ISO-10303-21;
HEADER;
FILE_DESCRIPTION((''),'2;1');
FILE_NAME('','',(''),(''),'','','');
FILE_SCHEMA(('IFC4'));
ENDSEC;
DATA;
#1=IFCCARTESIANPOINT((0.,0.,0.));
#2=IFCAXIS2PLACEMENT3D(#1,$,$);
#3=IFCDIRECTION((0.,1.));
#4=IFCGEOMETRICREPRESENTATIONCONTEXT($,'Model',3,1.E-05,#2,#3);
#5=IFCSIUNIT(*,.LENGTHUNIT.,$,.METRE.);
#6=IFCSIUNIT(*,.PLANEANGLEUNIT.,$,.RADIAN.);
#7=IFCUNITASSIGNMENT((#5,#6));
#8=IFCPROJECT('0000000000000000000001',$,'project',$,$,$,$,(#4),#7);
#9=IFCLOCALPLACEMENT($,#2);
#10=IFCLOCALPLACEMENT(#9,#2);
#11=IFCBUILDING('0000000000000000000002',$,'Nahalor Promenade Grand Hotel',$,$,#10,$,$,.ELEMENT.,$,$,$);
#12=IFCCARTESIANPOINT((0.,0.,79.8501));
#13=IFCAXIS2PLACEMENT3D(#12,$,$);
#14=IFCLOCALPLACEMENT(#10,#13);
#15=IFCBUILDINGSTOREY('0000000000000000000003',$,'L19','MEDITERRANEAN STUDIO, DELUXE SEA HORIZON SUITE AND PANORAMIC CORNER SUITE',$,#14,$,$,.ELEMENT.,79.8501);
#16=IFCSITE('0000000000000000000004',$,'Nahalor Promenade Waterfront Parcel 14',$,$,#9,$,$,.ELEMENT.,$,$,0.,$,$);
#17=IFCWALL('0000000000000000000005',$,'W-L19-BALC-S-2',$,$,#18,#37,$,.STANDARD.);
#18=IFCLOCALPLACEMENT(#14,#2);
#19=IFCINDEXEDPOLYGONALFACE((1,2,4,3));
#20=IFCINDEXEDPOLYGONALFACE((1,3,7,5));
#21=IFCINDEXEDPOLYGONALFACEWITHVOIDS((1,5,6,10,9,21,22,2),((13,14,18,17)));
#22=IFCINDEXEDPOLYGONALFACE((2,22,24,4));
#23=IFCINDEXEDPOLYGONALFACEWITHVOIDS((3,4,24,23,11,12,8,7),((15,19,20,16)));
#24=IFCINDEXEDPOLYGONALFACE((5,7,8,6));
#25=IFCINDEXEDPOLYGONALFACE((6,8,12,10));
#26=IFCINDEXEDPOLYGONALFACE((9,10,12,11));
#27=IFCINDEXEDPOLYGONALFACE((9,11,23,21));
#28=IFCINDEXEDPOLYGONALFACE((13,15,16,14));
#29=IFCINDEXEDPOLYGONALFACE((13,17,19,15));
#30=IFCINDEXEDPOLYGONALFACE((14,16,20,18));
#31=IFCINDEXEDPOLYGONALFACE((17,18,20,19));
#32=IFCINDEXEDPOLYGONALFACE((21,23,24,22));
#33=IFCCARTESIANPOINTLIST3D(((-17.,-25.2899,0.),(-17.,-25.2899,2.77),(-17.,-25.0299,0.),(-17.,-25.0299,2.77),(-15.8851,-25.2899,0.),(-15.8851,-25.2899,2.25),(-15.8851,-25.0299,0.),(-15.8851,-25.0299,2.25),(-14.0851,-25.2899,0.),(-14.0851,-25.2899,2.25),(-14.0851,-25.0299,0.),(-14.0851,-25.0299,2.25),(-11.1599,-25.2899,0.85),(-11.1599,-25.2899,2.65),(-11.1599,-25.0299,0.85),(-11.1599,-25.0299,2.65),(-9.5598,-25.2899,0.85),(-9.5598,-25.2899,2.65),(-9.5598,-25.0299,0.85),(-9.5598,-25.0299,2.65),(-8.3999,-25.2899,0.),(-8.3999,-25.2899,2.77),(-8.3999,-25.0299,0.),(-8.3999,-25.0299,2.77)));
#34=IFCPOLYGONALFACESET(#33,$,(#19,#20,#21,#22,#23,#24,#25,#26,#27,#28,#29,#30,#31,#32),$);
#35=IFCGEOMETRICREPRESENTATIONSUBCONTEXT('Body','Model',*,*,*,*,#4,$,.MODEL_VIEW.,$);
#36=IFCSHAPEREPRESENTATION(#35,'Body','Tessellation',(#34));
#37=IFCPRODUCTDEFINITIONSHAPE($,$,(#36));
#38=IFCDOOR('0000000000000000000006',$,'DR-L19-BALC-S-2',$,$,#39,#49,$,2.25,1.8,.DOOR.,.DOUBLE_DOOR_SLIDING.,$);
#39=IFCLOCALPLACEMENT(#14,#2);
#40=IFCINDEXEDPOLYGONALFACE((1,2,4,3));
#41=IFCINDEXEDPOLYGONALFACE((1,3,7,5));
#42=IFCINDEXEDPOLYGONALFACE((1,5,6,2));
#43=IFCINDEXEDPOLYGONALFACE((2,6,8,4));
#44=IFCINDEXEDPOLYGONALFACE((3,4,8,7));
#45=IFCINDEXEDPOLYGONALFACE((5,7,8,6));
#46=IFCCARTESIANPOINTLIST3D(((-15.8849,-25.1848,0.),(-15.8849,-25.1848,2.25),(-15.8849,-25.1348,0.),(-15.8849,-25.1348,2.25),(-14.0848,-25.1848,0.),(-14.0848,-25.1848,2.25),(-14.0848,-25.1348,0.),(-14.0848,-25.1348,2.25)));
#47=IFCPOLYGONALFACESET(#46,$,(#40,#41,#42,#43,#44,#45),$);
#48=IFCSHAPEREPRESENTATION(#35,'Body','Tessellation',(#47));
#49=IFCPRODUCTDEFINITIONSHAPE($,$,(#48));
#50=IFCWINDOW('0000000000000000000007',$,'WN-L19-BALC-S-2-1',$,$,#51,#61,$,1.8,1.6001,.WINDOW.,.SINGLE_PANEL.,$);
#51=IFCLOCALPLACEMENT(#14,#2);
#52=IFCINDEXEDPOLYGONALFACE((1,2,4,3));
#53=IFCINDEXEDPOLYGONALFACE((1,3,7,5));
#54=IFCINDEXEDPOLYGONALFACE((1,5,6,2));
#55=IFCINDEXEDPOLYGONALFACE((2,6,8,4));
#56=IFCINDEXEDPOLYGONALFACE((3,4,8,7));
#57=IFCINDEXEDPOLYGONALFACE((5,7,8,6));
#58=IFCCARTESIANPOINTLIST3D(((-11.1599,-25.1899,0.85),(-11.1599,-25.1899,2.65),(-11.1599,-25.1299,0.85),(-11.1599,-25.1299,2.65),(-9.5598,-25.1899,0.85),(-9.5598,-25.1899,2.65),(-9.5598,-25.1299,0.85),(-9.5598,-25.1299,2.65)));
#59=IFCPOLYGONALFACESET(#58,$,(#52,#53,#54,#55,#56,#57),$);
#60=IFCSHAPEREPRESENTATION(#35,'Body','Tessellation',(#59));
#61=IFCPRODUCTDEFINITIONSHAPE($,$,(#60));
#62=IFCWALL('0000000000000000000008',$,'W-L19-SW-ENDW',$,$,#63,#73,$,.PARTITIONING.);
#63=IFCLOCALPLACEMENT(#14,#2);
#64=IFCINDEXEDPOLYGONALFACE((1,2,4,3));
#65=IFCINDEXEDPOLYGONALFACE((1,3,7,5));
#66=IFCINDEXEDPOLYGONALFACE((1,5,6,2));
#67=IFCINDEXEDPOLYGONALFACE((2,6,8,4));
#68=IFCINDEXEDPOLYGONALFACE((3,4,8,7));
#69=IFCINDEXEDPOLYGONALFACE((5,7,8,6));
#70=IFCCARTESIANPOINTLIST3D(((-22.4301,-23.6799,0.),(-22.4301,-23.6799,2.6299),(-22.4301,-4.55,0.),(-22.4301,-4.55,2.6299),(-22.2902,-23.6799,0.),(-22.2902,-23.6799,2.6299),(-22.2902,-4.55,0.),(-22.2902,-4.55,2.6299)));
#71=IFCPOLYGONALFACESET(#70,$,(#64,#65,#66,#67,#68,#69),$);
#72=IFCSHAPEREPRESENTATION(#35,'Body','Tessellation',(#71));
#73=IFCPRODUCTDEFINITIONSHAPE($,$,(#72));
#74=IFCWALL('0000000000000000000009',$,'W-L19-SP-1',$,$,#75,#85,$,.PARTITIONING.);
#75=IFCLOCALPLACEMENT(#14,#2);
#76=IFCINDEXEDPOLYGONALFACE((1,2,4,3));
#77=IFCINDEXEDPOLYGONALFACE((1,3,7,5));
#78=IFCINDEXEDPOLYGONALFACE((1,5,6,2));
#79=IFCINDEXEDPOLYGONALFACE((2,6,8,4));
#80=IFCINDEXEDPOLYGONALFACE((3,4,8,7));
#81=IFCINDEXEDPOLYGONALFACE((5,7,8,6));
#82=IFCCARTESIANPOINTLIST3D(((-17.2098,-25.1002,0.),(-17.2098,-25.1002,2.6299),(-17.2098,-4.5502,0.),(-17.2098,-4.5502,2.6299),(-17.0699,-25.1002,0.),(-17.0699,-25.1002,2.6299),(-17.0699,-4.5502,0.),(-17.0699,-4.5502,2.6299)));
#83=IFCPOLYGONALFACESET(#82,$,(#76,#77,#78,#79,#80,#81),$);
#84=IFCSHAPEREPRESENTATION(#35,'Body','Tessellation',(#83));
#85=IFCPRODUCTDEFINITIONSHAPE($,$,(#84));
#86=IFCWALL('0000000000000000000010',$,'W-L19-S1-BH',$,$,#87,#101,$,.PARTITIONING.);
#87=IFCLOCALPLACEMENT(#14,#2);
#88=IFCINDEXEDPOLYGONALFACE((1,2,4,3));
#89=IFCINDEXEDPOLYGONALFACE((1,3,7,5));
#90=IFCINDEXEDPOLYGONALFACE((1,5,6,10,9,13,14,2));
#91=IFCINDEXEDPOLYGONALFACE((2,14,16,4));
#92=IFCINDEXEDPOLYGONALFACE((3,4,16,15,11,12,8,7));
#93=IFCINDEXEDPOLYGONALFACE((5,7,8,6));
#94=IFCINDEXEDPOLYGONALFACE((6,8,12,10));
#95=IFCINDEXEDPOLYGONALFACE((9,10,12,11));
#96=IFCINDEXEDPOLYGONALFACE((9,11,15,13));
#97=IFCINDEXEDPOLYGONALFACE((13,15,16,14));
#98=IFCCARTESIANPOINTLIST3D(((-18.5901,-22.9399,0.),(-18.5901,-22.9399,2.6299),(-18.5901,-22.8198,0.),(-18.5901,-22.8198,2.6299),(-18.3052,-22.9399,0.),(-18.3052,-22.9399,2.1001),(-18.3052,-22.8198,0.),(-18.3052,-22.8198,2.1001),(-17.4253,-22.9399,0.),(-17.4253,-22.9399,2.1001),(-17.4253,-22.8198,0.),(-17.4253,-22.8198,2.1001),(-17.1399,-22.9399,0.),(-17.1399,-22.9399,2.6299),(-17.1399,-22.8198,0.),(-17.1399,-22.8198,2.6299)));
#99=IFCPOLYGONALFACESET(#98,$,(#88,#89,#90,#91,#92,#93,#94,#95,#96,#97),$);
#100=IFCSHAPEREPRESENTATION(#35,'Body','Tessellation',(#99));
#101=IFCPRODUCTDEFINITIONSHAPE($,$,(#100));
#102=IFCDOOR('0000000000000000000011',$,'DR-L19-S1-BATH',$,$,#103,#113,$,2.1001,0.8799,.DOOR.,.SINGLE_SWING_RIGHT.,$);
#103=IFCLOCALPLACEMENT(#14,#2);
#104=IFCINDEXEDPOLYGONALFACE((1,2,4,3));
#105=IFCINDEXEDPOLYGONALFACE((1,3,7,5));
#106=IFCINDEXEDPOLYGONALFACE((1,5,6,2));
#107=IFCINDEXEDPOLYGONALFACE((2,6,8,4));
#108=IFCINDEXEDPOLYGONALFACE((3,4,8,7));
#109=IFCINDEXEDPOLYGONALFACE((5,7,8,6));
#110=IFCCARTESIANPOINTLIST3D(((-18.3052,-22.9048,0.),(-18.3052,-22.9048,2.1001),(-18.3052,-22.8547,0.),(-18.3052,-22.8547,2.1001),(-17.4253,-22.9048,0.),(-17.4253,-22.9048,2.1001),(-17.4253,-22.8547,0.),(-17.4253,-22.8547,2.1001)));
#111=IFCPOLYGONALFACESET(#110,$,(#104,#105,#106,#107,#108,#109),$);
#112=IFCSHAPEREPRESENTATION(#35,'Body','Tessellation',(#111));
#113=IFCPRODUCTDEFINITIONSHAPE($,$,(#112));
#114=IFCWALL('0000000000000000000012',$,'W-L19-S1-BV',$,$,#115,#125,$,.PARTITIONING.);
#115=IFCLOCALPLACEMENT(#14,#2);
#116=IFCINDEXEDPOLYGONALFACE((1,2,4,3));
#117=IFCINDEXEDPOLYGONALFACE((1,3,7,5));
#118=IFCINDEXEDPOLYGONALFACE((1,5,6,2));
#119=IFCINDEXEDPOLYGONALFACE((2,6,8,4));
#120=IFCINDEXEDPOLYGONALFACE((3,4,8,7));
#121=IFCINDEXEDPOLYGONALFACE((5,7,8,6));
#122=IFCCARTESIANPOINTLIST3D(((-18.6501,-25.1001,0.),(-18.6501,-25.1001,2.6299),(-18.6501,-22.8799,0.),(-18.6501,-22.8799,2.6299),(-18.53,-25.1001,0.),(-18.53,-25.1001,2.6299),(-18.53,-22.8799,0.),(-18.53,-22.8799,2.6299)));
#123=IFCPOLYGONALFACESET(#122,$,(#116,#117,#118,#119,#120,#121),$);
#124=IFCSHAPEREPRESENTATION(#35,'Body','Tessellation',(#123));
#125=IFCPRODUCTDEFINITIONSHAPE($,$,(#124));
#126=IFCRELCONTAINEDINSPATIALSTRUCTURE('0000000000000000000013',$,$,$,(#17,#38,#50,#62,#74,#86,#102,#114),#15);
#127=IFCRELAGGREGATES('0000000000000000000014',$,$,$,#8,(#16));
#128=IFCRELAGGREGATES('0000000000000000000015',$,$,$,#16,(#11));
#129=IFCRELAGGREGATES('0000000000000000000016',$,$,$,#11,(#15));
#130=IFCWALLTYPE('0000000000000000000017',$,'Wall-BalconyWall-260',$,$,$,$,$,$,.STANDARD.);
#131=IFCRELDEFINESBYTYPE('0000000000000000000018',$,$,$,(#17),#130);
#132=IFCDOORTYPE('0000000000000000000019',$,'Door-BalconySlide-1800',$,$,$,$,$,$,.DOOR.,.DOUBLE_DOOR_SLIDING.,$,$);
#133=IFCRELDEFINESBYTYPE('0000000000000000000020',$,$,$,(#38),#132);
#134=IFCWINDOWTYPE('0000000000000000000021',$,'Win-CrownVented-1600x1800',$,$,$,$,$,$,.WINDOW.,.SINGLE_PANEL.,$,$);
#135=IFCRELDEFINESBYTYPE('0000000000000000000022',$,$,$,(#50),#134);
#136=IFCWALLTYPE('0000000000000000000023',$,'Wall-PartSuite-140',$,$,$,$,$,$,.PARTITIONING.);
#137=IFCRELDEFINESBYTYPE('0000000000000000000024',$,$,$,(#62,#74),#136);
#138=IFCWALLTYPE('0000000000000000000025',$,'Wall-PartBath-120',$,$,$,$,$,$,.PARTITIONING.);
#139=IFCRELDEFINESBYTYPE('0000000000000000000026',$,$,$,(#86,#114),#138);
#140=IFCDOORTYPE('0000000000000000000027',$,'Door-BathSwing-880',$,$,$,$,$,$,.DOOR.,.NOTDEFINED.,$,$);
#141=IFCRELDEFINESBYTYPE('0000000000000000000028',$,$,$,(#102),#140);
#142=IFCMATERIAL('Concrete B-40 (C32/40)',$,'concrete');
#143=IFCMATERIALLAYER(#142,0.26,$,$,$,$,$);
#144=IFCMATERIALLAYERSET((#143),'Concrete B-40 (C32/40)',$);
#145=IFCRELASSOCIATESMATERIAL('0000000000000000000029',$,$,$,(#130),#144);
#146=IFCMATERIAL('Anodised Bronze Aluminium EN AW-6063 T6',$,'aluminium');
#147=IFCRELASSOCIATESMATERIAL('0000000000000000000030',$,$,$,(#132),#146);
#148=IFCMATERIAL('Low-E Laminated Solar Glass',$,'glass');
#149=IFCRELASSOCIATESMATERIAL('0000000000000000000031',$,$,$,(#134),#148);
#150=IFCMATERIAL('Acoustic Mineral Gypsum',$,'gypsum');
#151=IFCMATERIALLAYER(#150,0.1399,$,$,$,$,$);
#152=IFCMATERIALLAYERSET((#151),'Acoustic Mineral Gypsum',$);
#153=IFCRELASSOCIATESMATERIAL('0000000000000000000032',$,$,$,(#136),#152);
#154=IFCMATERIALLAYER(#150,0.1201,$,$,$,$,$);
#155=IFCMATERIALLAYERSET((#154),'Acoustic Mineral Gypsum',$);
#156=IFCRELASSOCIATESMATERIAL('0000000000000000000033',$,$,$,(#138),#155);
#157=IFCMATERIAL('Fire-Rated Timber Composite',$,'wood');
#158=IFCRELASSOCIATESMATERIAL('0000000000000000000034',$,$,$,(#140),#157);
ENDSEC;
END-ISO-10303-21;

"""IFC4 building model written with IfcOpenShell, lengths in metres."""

from ifc_helpers import new_model, si_unit, direction, frame, frame_2d, origin, place, context, subcontext, project, spatial, rectangle, extrude, source, transform, mapped, material, layer, layer_set, type_object, element, fill, save


model = new_model("IFC4")

# Units and contexts
model_context = context("Model", 3, precision=1e-05, world=origin(), true_north=direction((0.0, 1.0)))
body_context = subcontext(model_context, "Body", "Model", "MODEL_VIEW")
ifc_project = project(units=[si_unit("LENGTHUNIT", "METRE"), si_unit("PLANEANGLEUNIT", "RADIAN")], contexts=[model_context])

# Site, building, storey
site_placement = place(None, origin())
site = spatial("IfcSite", under=ifc_project, at=site_placement, Name="Nahalor Promenade Waterfront Parcel 14", CompositionType="ELEMENT", RefElevation=0.0)
building_placement = place(site_placement, origin())
building = spatial("IfcBuilding", under=site, at=building_placement, Name="Nahalor Promenade Grand Hotel", CompositionType="ELEMENT")
storey_placement = place(building_placement, frame((0.0, 0.0, 79.8501)))
storey = spatial("IfcBuildingStorey", under=building, at=storey_placement, Name="L19", Description="MEDITERRANEAN STUDIO, DELUXE SEA HORIZON SUITE AND PANORAMIC CORNER SUITE", CompositionType="ELEMENT", Elevation=79.8501)

# Shared definitions
ifc_material_1 = material(Name="Anodised Bronze Aluminium EN AW-6063 T6", Category="aluminium")

# Shared definitions
ifc_material_2 = material(Name="Low-E Laminated Solar Glass", Category="glass")

# Shared definitions
ifc_material_3 = material(Name="Concrete B-40 (C32/40)", Category="concrete")

# Wall, openings, door, window
ifc_layer_1 = layer(ifc_material_3, 0.26)
ifc_layer_set_1 = layer_set([ifc_layer_1], Name="Concrete B-40 (C32/40)")
wall_type_1 = type_object("IfcWallType", Name="Wall-BalconyWall-260", PredefinedType="STANDARD", material=ifc_layer_set_1)
shared_shape_1 = source(origin(), body_context, "Body", "SweptSolid", [
    extrude(rectangle(XDim=8.6001, YDim=0.26, at=frame_2d((4.3, 0.0))), origin(), (0.0, 0.0, 1.0), 2.77),
])
wall_1_placement = place(storey_placement, frame((-17.0, -25.1599, 0.0), z_axis=(0.0, 0.0, 1.0), x_axis=(1.0, 0.0, 0.0)))
wall_1 = element("IfcWall", 1, at=wall_1_placement, inside=storey, type_object=wall_type_1, Name="W-L19-BALC-S-2", PredefinedType="STANDARD", context=body_context, shape_type="MappedRepresentation", body=[
    mapped(shared_shape_1, transform((0.0, 0.0, 0.0), scale=1.0)),
])
opening_1_placement = place(wall_1_placement, frame((1.115, 0.0, 0.0)))
opening_1 = element("IfcOpeningElement", 2, at=opening_1_placement, cuts=wall_1, PredefinedType="OPENING", context=body_context, shape_type="SweptSolid", body=[
    extrude(rectangle(XDim=1.8, YDim=2.25, at=frame_2d((0.8999, 1.125))), frame((0.0, 0.1399, 0.0), z_axis=(0.0, -1.0, 0.0), x_axis=(1.0, 0.0, 0.0)), (0.0, 0.0, 1.0), 0.28),
])
opening_2_placement = place(wall_1_placement, frame((5.8401, 0.0, 0.8501)))
opening_2 = element("IfcOpeningElement", 3, at=opening_2_placement, cuts=wall_1, PredefinedType="OPENING", context=body_context, shape_type="SweptSolid", body=[
    extrude(rectangle(XDim=1.6001, YDim=1.8, at=frame_2d((0.8, 0.8999))), frame((0.0, 0.1399, 0.0), z_axis=(0.0, -1.0, 0.0), x_axis=(1.0, 0.0, 0.0)), (0.0, 0.0, 1.0), 0.28),
])
door_type_1 = type_object("IfcDoorType", Name="Door-BalconySlide-1800", OperationType="DOUBLE_DOOR_SLIDING", PredefinedType="DOOR", material=ifc_material_1)
shared_shape_2 = source(origin(), body_context, "Body", "SweptSolid", [
    extrude(rectangle(XDim=1.8, YDim=2.25, at=frame_2d((0.8999, 1.125))), frame((0.0, 0.0249, 0.0), z_axis=(0.0, -1.0, 0.0), x_axis=(1.0, 0.0, 0.0)), (0.0, 0.0, 1.0), 0.05),
])
door_1_placement = place(opening_1_placement, frame((1.8, 0.0, 0.0), z_axis=(0.0, 0.0, 1.0), x_axis=(-1.0, 0.0, 0.0)))
door_1 = element("IfcDoor", 4, at=door_1_placement, inside=storey, type_object=door_type_1, Name="DR-L19-BALC-S-2", OperationType="DOUBLE_DOOR_SLIDING", OverallHeight=2.25, OverallWidth=1.8, PredefinedType="DOOR", context=body_context, shape_type="MappedRepresentation", body=[
    mapped(shared_shape_2, transform((0.0, 0.0, 0.0), scale=1.0)),
])
fill(opening_1, door_1)
window_type = type_object("IfcWindowType", Name="Win-CrownVented-1600x1800", PartitioningType="SINGLE_PANEL", PredefinedType="WINDOW", material=ifc_material_2)
shared_shape_3 = source(origin(), body_context, "Body", "SweptSolid", [
    extrude(rectangle(XDim=1.6001, YDim=1.8, at=frame_2d((0.8, 0.8999))), frame((0.0, 0.03, 0.0), z_axis=(0.0, -1.0, 0.0), x_axis=(1.0, 0.0, 0.0)), (0.0, 0.0, 1.0), 0.0601),
])
window_placement = place(opening_2_placement, origin())
window = element("IfcWindow", 5, at=window_placement, inside=storey, type_object=window_type, Name="WN-L19-BALC-S-2-1", OverallHeight=1.8, OverallWidth=1.6001, PartitioningType="SINGLE_PANEL", PredefinedType="WINDOW", context=body_context, shape_type="MappedRepresentation", body=[
    mapped(shared_shape_3, transform((0.0, 0.0, 0.0), scale=1.0)),
])
fill(opening_2, window)

# Walls
ifc_material_4 = material(Name="Acoustic Mineral Gypsum", Category="gypsum")
ifc_layer_2 = layer(ifc_material_4, 0.1399)
ifc_layer_set_2 = layer_set([ifc_layer_2], Name="Acoustic Mineral Gypsum")
wall_type_2 = type_object("IfcWallType", Name="Wall-PartSuite-140", PredefinedType="PARTITIONING", material=ifc_layer_set_2)
shared_shape_4 = source(origin(), body_context, "Body", "SweptSolid", [
    extrude(rectangle(XDim=19.1299, YDim=0.1399, at=frame_2d((9.5649, 0.0))), origin(), (0.0, 0.0, 1.0), 2.6299),
])
wall_2_placement = place(storey_placement, frame((-22.3601, -23.6799, 0.0), z_axis=(0.0, 0.0, 1.0), x_axis=(0.0, 1.0, 0.0)))
element("IfcWall", 6, at=wall_2_placement, inside=storey, type_object=wall_type_2, Name="W-L19-SW-ENDW", PredefinedType="PARTITIONING", context=body_context, shape_type="MappedRepresentation", body=[
    mapped(shared_shape_4, transform((0.0, 0.0, 0.0), scale=1.0)),
])
shared_shape_5 = source(origin(), body_context, "Body", "SweptSolid", [
    extrude(rectangle(XDim=20.55, YDim=0.1399, at=frame_2d((10.2749, 0.0))), origin(), (0.0, 0.0, 1.0), 2.6299),
])
wall_3_placement = place(storey_placement, frame((-17.1399, -25.1001, 0.0), z_axis=(0.0, 0.0, 1.0), x_axis=(0.0, 1.0, 0.0)))
element("IfcWall", 7, at=wall_3_placement, inside=storey, type_object=wall_type_2, Name="W-L19-SP-1", PredefinedType="PARTITIONING", context=body_context, shape_type="MappedRepresentation", body=[
    mapped(shared_shape_5, transform((0.0, 0.0, 0.0), scale=1.0)),
])

# Wall, opening, door
ifc_layer_3 = layer(ifc_material_4, 0.1201)
ifc_layer_set_3 = layer_set([ifc_layer_3], Name="Acoustic Mineral Gypsum")
wall_type_3 = type_object("IfcWallType", Name="Wall-PartBath-120", PredefinedType="PARTITIONING", material=ifc_layer_set_3)
shared_shape_6 = source(origin(), body_context, "Body", "SweptSolid", [
    extrude(rectangle(XDim=1.4502, YDim=0.1201, at=frame_2d((0.7251, 0.0))), origin(), (0.0, 0.0, 1.0), 2.6299),
])
wall_4_placement = place(storey_placement, frame((-18.5901, -22.8799, 0.0), z_axis=(0.0, 0.0, 1.0), x_axis=(1.0, 0.0, 0.0)))
wall_4 = element("IfcWall", 8, at=wall_4_placement, inside=storey, type_object=wall_type_3, Name="W-L19-S1-BH", PredefinedType="PARTITIONING", context=body_context, shape_type="MappedRepresentation", body=[
    mapped(shared_shape_6, transform((0.0, 0.0, 0.0), scale=1.0)),
])
opening_3_placement = place(wall_4_placement, frame((0.2849, 0.0, 0.0)))
opening_3 = element("IfcOpeningElement", 9, at=opening_3_placement, cuts=wall_4, PredefinedType="OPENING", context=body_context, shape_type="SweptSolid", body=[
    extrude(rectangle(XDim=0.8799, YDim=2.1001, at=frame_2d((0.4399, 1.05))), frame((0.0, 0.0701, 0.0), z_axis=(0.0, -1.0, 0.0), x_axis=(1.0, 0.0, 0.0)), (0.0, 0.0, 1.0), 0.1401),
])
ifc_material_5 = material(Name="Fire-Rated Timber Composite", Category="wood")
door_type_2 = type_object("IfcDoorType", Name="Door-BathSwing-880", OperationType="NOTDEFINED", PredefinedType="DOOR", material=ifc_material_5)
shared_shape_7 = source(origin(), body_context, "Body", "SweptSolid", [
    extrude(rectangle(XDim=0.8799, YDim=2.1001, at=frame_2d((0.4399, 1.05))), frame((0.0, 0.0249, 0.0), z_axis=(0.0, -1.0, 0.0), x_axis=(1.0, 0.0, 0.0)), (0.0, 0.0, 1.0), 0.05),
])
door_2_placement = place(opening_3_placement, frame((0.8799, 0.0, 0.0), z_axis=(0.0, 0.0, 1.0), x_axis=(-1.0, 0.0, 0.0)))
door_2 = element("IfcDoor", 10, at=door_2_placement, inside=storey, type_object=door_type_2, Name="DR-L19-S1-BATH", OperationType="SINGLE_SWING_RIGHT", OverallHeight=2.1001, OverallWidth=0.8799, PredefinedType="DOOR", context=body_context, shape_type="MappedRepresentation", body=[
    mapped(shared_shape_7, transform((0.0, 0.0, 0.0), scale=1.0)),
])
fill(opening_3, door_2)

# Wall
shared_shape_8 = source(origin(), body_context, "Body", "SweptSolid", [
    extrude(rectangle(XDim=2.2202, YDim=0.1201, at=frame_2d((1.1101, 0.0))), origin(), (0.0, 0.0, 1.0), 2.6299),
])
wall_5_placement = place(storey_placement, frame((-18.5901, -25.1001, 0.0), z_axis=(0.0, 0.0, 1.0), x_axis=(0.0, 1.0, 0.0)))
element("IfcWall", 11, at=wall_5_placement, inside=storey, type_object=wall_type_3, Name="W-L19-S1-BV", PredefinedType="PARTITIONING", context=body_context, shape_type="MappedRepresentation", body=[
    mapped(shared_shape_8, transform((0.0, 0.0, 0.0), scale=1.0)),
])

save(model, "model.ifc")
